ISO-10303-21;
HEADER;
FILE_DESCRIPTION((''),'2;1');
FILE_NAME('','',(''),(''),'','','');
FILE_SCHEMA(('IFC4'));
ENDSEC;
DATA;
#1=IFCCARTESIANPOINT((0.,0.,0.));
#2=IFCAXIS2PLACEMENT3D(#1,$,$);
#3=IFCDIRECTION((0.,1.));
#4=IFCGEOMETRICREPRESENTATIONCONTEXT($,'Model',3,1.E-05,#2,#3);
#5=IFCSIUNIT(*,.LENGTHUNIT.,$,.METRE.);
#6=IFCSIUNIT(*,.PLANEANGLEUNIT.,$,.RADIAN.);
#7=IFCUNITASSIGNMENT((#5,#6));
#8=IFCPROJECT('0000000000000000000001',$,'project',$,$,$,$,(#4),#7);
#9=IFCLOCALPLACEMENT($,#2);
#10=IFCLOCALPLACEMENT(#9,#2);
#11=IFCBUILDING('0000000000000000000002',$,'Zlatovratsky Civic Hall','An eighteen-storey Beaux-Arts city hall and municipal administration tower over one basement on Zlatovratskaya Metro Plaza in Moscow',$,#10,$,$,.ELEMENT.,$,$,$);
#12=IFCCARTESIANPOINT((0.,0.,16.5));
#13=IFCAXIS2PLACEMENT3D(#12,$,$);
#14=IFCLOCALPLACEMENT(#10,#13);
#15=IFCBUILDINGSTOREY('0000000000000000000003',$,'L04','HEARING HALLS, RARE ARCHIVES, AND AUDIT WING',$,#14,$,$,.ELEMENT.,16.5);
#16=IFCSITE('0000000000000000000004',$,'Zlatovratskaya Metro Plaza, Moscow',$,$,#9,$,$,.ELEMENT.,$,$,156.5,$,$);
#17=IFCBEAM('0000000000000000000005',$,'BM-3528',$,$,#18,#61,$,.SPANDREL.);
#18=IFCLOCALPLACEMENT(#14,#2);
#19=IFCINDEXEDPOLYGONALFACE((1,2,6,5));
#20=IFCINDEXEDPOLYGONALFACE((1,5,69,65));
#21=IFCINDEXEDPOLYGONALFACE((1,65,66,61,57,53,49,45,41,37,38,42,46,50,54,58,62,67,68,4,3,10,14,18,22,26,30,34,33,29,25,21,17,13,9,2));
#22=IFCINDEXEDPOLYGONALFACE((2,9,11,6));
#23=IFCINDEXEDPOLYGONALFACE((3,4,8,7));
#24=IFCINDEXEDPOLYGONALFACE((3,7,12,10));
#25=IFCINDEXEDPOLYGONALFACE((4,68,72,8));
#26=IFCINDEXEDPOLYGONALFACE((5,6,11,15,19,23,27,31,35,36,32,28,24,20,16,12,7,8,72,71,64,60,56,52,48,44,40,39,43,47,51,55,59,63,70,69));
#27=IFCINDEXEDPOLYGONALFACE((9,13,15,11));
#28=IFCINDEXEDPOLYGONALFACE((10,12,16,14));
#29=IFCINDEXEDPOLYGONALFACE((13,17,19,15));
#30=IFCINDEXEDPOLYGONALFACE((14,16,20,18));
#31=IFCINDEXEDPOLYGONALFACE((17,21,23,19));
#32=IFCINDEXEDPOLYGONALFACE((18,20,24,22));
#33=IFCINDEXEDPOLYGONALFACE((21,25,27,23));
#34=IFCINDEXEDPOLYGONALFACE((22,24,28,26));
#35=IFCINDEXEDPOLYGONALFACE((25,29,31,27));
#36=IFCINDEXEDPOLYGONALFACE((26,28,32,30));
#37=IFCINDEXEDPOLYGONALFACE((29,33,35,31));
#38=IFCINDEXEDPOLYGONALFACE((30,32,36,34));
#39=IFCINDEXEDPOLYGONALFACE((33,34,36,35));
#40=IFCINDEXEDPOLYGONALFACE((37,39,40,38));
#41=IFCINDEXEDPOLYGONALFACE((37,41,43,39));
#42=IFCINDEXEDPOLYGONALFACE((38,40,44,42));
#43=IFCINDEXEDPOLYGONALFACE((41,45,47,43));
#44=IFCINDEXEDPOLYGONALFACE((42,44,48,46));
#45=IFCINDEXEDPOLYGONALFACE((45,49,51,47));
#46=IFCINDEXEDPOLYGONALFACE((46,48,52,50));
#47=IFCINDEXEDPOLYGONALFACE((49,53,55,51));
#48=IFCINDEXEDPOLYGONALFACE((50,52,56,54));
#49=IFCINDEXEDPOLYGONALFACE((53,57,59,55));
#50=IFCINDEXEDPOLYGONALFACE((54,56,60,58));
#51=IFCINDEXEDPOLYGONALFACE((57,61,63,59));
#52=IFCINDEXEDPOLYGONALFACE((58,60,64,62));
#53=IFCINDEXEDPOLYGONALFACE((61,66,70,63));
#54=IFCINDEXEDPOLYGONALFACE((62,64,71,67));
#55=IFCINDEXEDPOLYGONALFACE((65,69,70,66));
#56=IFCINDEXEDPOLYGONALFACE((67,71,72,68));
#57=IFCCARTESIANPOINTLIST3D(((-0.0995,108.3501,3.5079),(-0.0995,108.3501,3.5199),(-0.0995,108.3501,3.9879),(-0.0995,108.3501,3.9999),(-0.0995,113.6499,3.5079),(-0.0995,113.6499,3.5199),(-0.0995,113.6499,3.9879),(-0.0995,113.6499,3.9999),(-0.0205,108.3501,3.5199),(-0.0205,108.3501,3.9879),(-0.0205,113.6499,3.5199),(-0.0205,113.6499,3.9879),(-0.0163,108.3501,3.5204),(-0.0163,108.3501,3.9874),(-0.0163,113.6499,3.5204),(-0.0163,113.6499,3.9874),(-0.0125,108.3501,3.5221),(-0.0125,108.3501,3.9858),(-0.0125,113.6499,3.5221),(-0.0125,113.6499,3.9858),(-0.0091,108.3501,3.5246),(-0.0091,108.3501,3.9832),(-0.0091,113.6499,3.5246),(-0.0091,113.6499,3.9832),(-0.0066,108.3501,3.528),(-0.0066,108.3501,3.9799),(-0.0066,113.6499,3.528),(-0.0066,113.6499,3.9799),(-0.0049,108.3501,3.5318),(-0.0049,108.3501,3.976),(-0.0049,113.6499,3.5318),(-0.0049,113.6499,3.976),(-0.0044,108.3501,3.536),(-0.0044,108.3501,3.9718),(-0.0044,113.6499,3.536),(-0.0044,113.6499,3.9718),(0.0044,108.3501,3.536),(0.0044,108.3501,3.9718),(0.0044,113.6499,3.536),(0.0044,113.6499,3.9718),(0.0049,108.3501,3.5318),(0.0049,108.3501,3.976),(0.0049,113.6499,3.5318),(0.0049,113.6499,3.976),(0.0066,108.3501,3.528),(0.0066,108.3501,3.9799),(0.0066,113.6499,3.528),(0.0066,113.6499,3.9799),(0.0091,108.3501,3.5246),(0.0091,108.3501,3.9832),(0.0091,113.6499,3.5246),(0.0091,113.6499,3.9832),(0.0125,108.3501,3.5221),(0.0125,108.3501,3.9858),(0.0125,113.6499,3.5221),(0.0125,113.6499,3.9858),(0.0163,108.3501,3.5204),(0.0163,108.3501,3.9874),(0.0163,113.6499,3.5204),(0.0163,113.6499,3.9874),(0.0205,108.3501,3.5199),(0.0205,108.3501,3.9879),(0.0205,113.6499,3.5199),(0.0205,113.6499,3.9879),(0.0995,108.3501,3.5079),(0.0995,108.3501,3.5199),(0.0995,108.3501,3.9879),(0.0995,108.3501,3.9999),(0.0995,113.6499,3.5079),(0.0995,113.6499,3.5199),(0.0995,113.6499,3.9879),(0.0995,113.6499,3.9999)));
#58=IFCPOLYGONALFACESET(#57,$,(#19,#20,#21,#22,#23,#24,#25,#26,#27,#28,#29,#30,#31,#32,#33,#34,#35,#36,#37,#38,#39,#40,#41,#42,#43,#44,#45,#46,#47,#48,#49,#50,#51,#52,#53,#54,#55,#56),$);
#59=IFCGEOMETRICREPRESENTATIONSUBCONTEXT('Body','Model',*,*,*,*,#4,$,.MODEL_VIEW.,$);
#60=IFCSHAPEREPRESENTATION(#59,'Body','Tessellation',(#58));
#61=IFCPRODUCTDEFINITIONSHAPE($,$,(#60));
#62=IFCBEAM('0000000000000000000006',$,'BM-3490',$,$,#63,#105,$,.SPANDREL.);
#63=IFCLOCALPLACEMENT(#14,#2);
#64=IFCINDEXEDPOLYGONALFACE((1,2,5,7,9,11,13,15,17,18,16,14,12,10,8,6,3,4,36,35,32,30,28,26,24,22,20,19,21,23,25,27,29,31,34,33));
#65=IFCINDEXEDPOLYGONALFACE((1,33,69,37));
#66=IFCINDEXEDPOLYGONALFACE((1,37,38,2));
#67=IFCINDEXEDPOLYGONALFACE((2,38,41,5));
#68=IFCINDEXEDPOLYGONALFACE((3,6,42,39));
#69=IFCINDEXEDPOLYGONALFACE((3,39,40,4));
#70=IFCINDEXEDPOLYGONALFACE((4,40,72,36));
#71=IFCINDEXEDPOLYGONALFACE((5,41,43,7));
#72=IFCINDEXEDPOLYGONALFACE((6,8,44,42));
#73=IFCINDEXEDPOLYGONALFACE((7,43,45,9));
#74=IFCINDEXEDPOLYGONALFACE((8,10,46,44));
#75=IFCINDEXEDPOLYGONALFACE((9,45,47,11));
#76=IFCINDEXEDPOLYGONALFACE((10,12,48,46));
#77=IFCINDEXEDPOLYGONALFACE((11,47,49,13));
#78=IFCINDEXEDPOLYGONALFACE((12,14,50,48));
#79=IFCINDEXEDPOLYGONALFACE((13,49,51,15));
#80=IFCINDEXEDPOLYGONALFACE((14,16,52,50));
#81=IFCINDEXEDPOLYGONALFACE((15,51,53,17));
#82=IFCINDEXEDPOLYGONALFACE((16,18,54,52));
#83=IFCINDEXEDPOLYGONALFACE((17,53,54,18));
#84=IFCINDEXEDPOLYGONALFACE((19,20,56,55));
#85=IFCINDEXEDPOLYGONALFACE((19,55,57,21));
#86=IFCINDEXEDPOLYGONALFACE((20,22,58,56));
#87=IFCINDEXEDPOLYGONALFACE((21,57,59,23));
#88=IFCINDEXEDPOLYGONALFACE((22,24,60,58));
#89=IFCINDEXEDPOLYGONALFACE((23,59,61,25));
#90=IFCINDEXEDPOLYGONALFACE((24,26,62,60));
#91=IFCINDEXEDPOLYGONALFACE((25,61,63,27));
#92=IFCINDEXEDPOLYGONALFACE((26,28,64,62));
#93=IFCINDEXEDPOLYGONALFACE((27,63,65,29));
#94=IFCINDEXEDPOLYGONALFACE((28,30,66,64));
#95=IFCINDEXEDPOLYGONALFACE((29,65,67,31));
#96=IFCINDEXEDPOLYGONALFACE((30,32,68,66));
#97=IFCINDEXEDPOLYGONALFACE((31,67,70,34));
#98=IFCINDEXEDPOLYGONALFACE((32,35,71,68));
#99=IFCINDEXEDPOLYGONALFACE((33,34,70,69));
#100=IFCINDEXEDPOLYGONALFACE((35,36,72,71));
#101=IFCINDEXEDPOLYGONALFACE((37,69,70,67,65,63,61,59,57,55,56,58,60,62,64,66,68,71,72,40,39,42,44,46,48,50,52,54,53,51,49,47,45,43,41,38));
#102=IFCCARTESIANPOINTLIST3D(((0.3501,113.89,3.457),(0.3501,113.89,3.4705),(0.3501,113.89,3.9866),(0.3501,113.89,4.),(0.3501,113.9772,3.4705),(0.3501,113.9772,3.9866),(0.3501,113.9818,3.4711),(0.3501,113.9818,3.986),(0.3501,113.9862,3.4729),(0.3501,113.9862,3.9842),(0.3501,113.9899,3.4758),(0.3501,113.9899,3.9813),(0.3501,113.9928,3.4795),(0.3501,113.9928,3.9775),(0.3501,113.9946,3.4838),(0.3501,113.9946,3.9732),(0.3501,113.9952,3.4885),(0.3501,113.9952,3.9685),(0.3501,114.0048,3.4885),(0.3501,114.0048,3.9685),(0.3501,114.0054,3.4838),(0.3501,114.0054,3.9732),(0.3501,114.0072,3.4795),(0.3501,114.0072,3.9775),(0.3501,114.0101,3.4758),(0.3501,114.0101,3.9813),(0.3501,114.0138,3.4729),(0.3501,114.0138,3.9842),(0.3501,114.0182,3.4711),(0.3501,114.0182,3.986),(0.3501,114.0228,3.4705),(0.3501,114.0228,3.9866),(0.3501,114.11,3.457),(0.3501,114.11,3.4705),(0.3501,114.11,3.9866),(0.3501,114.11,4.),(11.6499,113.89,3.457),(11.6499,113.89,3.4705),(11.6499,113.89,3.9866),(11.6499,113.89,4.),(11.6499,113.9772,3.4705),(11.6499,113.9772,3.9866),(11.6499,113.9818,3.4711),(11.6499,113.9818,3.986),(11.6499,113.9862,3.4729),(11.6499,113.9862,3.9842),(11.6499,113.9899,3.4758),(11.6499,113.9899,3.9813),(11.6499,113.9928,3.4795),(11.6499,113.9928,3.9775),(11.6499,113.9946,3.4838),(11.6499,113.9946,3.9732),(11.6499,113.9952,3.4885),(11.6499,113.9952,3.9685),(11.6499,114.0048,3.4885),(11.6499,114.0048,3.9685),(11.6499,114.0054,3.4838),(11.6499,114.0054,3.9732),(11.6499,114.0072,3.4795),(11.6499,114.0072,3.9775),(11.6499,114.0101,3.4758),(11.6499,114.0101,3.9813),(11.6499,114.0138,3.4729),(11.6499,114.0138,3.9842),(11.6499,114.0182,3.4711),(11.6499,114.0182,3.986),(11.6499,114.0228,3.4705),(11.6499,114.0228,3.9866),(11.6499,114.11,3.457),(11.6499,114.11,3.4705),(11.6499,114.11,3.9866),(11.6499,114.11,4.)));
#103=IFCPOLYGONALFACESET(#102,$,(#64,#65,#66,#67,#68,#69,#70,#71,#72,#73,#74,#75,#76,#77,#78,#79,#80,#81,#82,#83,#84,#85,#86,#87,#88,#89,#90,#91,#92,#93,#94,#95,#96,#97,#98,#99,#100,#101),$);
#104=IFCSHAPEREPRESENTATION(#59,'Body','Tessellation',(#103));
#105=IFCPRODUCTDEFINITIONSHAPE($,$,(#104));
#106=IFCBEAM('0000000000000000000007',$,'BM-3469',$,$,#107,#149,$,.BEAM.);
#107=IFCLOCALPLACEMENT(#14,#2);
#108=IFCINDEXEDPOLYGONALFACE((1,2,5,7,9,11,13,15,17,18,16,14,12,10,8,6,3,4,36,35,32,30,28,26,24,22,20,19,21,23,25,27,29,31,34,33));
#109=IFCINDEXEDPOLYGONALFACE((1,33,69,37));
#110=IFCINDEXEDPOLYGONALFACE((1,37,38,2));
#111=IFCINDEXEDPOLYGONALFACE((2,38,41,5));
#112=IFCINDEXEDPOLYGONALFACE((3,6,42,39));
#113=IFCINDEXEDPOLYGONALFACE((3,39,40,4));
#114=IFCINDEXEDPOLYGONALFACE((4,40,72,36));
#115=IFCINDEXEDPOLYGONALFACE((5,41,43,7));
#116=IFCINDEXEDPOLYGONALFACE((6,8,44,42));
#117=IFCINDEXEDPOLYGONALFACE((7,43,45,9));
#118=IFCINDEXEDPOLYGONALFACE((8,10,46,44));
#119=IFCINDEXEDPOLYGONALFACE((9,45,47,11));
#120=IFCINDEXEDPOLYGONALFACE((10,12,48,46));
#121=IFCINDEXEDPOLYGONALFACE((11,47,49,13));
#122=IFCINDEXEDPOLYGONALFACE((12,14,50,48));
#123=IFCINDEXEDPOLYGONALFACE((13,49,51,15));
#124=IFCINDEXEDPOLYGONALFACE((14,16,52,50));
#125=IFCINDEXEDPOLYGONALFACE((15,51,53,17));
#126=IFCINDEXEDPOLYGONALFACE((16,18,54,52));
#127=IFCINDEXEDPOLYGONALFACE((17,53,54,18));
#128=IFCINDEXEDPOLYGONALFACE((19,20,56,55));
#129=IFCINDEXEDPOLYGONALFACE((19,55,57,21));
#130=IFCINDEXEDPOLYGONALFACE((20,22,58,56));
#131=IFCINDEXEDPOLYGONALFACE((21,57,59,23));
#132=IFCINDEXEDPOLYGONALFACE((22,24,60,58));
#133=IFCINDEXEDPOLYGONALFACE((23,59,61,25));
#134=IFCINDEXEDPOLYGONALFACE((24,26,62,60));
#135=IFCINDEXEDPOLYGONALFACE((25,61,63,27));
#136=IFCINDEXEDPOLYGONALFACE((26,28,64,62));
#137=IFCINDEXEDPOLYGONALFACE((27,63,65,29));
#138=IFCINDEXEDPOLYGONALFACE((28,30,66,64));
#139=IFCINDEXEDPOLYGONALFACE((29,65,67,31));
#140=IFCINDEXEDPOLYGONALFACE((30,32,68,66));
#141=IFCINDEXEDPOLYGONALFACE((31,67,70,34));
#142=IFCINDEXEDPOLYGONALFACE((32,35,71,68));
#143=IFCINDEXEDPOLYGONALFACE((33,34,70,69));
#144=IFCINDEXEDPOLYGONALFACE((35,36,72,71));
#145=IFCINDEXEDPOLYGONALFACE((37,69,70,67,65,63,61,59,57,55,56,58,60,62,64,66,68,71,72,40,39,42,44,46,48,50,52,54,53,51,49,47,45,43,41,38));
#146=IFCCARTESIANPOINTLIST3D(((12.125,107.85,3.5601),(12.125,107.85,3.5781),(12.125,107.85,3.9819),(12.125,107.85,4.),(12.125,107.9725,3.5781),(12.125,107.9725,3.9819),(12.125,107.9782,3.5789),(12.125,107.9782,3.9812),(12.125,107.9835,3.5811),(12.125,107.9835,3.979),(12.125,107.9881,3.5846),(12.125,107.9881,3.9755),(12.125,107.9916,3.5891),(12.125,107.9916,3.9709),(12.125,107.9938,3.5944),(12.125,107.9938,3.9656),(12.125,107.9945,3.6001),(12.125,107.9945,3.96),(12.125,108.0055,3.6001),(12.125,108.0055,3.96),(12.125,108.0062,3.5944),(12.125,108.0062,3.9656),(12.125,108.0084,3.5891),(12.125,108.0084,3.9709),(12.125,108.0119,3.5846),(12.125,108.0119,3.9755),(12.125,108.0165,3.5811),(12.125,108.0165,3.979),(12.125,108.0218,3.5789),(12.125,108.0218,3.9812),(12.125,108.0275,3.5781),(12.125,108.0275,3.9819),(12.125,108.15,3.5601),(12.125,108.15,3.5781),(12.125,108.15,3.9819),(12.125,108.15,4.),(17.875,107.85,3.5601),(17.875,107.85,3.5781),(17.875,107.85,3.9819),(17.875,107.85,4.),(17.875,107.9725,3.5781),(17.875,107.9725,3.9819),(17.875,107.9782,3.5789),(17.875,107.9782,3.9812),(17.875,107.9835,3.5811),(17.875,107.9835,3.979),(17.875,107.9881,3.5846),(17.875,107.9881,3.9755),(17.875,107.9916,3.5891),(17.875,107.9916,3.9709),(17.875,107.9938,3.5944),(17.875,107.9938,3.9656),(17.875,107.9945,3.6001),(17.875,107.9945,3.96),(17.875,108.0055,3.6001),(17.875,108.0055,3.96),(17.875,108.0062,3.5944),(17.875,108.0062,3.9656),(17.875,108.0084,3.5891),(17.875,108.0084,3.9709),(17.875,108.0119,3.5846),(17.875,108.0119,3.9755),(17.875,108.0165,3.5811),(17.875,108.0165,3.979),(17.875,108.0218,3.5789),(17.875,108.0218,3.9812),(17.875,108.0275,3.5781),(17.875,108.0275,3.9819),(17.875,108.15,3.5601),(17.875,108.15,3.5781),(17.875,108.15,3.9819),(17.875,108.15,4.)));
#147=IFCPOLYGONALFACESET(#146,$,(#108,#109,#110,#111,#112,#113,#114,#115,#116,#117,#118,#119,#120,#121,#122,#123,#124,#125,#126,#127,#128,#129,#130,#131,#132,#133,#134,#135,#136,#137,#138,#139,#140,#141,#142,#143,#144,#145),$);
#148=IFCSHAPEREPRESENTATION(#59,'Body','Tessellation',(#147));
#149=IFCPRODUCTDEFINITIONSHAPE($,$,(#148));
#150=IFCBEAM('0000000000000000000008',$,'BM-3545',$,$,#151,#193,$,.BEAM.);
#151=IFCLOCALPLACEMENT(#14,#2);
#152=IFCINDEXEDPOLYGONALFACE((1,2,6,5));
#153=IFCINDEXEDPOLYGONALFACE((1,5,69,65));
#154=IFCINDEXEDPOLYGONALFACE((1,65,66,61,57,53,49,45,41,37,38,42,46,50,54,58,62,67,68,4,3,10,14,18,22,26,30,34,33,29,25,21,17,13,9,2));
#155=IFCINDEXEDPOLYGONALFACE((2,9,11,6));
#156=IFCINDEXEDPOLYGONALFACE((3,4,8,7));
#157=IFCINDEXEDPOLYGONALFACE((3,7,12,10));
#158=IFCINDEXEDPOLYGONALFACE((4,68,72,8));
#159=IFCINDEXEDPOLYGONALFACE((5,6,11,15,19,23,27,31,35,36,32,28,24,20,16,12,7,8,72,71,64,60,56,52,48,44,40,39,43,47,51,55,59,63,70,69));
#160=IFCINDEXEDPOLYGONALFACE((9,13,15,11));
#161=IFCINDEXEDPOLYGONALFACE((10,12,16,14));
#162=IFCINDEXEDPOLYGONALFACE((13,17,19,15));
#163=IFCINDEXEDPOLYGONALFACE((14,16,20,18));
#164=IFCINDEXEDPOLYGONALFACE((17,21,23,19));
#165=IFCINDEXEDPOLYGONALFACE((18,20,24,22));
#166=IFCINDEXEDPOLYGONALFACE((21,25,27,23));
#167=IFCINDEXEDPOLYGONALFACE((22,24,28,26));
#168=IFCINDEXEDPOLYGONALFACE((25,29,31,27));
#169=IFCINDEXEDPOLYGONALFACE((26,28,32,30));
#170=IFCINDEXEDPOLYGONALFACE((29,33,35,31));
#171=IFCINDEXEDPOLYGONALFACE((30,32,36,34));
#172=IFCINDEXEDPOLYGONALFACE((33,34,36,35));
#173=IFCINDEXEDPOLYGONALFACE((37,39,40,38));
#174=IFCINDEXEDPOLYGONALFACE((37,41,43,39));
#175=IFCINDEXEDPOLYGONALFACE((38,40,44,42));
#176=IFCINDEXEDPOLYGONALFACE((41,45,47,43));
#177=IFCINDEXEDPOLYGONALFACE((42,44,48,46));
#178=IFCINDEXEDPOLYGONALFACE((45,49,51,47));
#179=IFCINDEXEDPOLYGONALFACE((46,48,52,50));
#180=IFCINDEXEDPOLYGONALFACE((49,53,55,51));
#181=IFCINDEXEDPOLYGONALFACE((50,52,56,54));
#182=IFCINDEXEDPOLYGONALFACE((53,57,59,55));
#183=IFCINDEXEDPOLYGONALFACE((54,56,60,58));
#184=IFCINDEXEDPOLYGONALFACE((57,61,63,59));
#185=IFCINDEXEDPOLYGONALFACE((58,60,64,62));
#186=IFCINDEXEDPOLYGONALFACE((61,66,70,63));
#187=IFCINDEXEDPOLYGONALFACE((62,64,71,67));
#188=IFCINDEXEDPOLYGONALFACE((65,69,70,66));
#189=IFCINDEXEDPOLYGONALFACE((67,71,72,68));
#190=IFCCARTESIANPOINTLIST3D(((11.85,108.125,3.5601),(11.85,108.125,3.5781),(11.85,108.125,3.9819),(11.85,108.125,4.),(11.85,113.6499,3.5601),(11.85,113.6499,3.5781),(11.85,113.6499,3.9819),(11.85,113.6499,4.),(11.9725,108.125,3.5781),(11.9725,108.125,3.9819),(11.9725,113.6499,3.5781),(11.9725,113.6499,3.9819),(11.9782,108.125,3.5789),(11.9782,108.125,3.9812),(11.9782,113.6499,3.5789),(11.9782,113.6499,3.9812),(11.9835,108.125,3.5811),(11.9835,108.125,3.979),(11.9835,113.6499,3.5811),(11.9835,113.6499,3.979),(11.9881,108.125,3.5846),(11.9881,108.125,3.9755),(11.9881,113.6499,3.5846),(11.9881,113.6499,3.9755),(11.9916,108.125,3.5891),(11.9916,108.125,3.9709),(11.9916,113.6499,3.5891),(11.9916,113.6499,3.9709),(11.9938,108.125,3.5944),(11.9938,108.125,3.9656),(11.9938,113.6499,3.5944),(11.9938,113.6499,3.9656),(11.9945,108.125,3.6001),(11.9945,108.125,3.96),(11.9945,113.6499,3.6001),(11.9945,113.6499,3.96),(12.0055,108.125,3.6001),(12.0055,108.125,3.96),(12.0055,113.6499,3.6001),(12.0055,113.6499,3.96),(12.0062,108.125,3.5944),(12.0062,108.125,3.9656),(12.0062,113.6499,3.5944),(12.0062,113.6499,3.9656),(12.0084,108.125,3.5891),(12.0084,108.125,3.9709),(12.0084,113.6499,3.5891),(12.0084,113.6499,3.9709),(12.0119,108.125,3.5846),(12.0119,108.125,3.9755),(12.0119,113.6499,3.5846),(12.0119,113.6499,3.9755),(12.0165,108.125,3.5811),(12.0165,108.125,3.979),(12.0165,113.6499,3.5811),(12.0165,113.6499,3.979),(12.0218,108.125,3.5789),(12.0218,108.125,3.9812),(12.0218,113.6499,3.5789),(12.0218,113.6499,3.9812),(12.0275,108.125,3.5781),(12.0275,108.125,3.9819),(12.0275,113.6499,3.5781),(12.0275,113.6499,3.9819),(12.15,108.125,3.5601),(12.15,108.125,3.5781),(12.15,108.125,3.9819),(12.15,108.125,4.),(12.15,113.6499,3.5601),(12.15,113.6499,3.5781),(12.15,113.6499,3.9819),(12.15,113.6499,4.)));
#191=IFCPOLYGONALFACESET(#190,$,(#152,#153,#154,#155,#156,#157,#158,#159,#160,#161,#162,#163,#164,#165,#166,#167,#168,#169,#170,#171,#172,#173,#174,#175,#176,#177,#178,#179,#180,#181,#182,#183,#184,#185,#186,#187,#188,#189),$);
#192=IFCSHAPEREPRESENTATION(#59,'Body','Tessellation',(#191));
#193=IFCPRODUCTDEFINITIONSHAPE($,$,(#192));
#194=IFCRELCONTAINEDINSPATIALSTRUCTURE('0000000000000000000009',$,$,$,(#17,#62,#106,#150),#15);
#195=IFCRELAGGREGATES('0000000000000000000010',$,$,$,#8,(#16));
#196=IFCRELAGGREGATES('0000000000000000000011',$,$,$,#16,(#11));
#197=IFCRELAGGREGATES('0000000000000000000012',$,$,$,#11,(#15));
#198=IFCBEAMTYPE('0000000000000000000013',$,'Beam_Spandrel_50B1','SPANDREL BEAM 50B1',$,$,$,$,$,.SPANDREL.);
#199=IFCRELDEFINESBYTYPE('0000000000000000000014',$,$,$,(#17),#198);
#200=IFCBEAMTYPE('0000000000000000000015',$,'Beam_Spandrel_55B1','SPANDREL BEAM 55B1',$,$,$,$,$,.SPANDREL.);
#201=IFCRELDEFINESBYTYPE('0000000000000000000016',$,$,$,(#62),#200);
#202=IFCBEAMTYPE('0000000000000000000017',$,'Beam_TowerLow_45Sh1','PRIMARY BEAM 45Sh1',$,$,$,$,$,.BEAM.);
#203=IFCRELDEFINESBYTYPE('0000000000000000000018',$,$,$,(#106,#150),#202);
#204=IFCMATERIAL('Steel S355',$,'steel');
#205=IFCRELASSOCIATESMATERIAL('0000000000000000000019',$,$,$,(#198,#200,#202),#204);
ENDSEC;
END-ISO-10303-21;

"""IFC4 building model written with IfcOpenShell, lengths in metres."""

from ifc_helpers import new_model, si_unit, direction, frame, origin, origin_2d, place, context, subcontext, project, spatial, i_section, extrude, material, material_profile, profile_set, type_object, element, save


model = new_model("IFC4")

# Units and contexts
model_context = context("Model", 3, precision=1e-05, world=origin(), true_north=direction((0.0, 1.0)))
body_context = subcontext(model_context, "Body", "Model", "MODEL_VIEW")
ifc_project = project(units=[si_unit("LENGTHUNIT", "METRE"), si_unit("PLANEANGLEUNIT", "RADIAN")], contexts=[model_context])

# Site, building, storey
site_placement = place(None, origin())
site = spatial("IfcSite", under=ifc_project, at=site_placement, Name="Zlatovratskaya Metro Plaza, Moscow", CompositionType="ELEMENT", RefElevation=156.5)
building_placement = place(site_placement, origin())
building = spatial("IfcBuilding", under=site, at=building_placement, Name="Zlatovratsky Civic Hall", Description="An eighteen-storey Beaux-Arts city hall and municipal administration tower over one basement on Zlatovratskaya Metro Plaza in Moscow", CompositionType="ELEMENT")
storey_placement = place(building_placement, frame((0.0, 0.0, 16.5)))
storey = spatial("IfcBuildingStorey", under=building, at=storey_placement, Name="L04", Description="HEARING HALLS, RARE ARCHIVES, AND AUDIT WING", CompositionType="ELEMENT", Elevation=16.5)

# Shared definitions
ifc_material_1 = material(Name="Steel S355", Category="steel")

# Beams
ifc_material_profile_1 = material_profile(ifc_material_1, i_section(OverallWidth=0.199, OverallDepth=0.4919, WebThickness=0.0088, FlangeThickness=0.012, FilletRadius=0.0161, at=origin_2d()), Name="50B1")
ifc_profile_set_1 = profile_set([ifc_material_profile_1], Name="Steel S355")
beam_type_1 = type_object("IfcBeamType", Name="Beam_Spandrel_50B1", Description="SPANDREL BEAM 50B1", PredefinedType="SPANDREL", material=ifc_profile_set_1)
for number, where, z_axis, x_axis, name in (
    (1, (0.0, 108.3501, 3.7539), (0.0, 1.0, 0.0), (-1.0, 0.0, 0.0), "BM-3528"),
):
    element("IfcBeam", number, at=place(storey_placement, frame(where, z_axis=z_axis, x_axis=x_axis)), inside=storey, type_object=beam_type_1, Name=name, PredefinedType="SPANDREL", context=body_context, shape_type="SweptSolid", body=[
        extrude(i_section(OverallWidth=0.199, OverallDepth=0.4919, WebThickness=0.0088, FlangeThickness=0.012, FilletRadius=0.0161, at=origin_2d()), origin(), (0.0, 0.0, 1.0), 5.2998),
    ])
ifc_material_profile_2 = material_profile(ifc_material_1, i_section(OverallWidth=0.22, OverallDepth=0.543, WebThickness=0.0095, FlangeThickness=0.0134, FilletRadius=0.0181, at=origin_2d()), Name="55B1")
ifc_profile_set_2 = profile_set([ifc_material_profile_2], Name="Steel S355")
beam_type_2 = type_object("IfcBeamType", Name="Beam_Spandrel_55B1", Description="SPANDREL BEAM 55B1", PredefinedType="SPANDREL", material=ifc_profile_set_2)
beam_1_placement = place(storey_placement, frame((0.3501, 114.0, 3.7285), z_axis=(1.0, 0.0, 0.0), x_axis=(0.0, 1.0, 0.0)))
element("IfcBeam", 2, at=beam_1_placement, inside=storey, type_object=beam_type_2, Name="BM-3490", PredefinedType="SPANDREL", context=body_context, shape_type="SweptSolid", body=[
    extrude(i_section(OverallWidth=0.22, OverallDepth=0.543, WebThickness=0.0095, FlangeThickness=0.0134, FilletRadius=0.0181, at=origin_2d()), origin(), (0.0, 0.0, 1.0), 11.2998),
])
ifc_material_profile_3 = material_profile(ifc_material_1, i_section(OverallWidth=0.3, OverallDepth=0.4399, WebThickness=0.011, FlangeThickness=0.0181, FilletRadius=0.022, at=origin_2d()), Name="45Sh1")
ifc_profile_set_3 = profile_set([ifc_material_profile_3], Name="Steel S355")
beam_type_3 = type_object("IfcBeamType", Name="Beam_TowerLow_45Sh1", Description="PRIMARY BEAM 45Sh1", PredefinedType="BEAM", material=ifc_profile_set_3)
beam_2_placement = place(storey_placement, frame((12.125, 108.0, 3.78), z_axis=(1.0, 0.0, 0.0), x_axis=(0.0, 1.0, 0.0)))
element("IfcBeam", 3, at=beam_2_placement, inside=storey, type_object=beam_type_3, Name="BM-3469", PredefinedType="BEAM", context=body_context, shape_type="SweptSolid", body=[
    extrude(i_section(OverallWidth=0.3, OverallDepth=0.4399, WebThickness=0.011, FlangeThickness=0.0181, FilletRadius=0.022, at=origin_2d()), origin(), (0.0, 0.0, 1.0), 5.75),
])
beam_3_placement = place(storey_placement, frame((12.0, 108.125, 3.78), z_axis=(0.0, 1.0, 0.0), x_axis=(-1.0, 0.0, 0.0)))
element("IfcBeam", 4, at=beam_3_placement, inside=storey, type_object=beam_type_3, Name="BM-3545", PredefinedType="BEAM", context=body_context, shape_type="SweptSolid", body=[
    extrude(i_section(OverallWidth=0.3, OverallDepth=0.4399, WebThickness=0.011, FlangeThickness=0.0181, FilletRadius=0.022, at=origin_2d()), origin(), (0.0, 0.0, 1.0), 5.5249),
])

save(model, "model.ifc")
